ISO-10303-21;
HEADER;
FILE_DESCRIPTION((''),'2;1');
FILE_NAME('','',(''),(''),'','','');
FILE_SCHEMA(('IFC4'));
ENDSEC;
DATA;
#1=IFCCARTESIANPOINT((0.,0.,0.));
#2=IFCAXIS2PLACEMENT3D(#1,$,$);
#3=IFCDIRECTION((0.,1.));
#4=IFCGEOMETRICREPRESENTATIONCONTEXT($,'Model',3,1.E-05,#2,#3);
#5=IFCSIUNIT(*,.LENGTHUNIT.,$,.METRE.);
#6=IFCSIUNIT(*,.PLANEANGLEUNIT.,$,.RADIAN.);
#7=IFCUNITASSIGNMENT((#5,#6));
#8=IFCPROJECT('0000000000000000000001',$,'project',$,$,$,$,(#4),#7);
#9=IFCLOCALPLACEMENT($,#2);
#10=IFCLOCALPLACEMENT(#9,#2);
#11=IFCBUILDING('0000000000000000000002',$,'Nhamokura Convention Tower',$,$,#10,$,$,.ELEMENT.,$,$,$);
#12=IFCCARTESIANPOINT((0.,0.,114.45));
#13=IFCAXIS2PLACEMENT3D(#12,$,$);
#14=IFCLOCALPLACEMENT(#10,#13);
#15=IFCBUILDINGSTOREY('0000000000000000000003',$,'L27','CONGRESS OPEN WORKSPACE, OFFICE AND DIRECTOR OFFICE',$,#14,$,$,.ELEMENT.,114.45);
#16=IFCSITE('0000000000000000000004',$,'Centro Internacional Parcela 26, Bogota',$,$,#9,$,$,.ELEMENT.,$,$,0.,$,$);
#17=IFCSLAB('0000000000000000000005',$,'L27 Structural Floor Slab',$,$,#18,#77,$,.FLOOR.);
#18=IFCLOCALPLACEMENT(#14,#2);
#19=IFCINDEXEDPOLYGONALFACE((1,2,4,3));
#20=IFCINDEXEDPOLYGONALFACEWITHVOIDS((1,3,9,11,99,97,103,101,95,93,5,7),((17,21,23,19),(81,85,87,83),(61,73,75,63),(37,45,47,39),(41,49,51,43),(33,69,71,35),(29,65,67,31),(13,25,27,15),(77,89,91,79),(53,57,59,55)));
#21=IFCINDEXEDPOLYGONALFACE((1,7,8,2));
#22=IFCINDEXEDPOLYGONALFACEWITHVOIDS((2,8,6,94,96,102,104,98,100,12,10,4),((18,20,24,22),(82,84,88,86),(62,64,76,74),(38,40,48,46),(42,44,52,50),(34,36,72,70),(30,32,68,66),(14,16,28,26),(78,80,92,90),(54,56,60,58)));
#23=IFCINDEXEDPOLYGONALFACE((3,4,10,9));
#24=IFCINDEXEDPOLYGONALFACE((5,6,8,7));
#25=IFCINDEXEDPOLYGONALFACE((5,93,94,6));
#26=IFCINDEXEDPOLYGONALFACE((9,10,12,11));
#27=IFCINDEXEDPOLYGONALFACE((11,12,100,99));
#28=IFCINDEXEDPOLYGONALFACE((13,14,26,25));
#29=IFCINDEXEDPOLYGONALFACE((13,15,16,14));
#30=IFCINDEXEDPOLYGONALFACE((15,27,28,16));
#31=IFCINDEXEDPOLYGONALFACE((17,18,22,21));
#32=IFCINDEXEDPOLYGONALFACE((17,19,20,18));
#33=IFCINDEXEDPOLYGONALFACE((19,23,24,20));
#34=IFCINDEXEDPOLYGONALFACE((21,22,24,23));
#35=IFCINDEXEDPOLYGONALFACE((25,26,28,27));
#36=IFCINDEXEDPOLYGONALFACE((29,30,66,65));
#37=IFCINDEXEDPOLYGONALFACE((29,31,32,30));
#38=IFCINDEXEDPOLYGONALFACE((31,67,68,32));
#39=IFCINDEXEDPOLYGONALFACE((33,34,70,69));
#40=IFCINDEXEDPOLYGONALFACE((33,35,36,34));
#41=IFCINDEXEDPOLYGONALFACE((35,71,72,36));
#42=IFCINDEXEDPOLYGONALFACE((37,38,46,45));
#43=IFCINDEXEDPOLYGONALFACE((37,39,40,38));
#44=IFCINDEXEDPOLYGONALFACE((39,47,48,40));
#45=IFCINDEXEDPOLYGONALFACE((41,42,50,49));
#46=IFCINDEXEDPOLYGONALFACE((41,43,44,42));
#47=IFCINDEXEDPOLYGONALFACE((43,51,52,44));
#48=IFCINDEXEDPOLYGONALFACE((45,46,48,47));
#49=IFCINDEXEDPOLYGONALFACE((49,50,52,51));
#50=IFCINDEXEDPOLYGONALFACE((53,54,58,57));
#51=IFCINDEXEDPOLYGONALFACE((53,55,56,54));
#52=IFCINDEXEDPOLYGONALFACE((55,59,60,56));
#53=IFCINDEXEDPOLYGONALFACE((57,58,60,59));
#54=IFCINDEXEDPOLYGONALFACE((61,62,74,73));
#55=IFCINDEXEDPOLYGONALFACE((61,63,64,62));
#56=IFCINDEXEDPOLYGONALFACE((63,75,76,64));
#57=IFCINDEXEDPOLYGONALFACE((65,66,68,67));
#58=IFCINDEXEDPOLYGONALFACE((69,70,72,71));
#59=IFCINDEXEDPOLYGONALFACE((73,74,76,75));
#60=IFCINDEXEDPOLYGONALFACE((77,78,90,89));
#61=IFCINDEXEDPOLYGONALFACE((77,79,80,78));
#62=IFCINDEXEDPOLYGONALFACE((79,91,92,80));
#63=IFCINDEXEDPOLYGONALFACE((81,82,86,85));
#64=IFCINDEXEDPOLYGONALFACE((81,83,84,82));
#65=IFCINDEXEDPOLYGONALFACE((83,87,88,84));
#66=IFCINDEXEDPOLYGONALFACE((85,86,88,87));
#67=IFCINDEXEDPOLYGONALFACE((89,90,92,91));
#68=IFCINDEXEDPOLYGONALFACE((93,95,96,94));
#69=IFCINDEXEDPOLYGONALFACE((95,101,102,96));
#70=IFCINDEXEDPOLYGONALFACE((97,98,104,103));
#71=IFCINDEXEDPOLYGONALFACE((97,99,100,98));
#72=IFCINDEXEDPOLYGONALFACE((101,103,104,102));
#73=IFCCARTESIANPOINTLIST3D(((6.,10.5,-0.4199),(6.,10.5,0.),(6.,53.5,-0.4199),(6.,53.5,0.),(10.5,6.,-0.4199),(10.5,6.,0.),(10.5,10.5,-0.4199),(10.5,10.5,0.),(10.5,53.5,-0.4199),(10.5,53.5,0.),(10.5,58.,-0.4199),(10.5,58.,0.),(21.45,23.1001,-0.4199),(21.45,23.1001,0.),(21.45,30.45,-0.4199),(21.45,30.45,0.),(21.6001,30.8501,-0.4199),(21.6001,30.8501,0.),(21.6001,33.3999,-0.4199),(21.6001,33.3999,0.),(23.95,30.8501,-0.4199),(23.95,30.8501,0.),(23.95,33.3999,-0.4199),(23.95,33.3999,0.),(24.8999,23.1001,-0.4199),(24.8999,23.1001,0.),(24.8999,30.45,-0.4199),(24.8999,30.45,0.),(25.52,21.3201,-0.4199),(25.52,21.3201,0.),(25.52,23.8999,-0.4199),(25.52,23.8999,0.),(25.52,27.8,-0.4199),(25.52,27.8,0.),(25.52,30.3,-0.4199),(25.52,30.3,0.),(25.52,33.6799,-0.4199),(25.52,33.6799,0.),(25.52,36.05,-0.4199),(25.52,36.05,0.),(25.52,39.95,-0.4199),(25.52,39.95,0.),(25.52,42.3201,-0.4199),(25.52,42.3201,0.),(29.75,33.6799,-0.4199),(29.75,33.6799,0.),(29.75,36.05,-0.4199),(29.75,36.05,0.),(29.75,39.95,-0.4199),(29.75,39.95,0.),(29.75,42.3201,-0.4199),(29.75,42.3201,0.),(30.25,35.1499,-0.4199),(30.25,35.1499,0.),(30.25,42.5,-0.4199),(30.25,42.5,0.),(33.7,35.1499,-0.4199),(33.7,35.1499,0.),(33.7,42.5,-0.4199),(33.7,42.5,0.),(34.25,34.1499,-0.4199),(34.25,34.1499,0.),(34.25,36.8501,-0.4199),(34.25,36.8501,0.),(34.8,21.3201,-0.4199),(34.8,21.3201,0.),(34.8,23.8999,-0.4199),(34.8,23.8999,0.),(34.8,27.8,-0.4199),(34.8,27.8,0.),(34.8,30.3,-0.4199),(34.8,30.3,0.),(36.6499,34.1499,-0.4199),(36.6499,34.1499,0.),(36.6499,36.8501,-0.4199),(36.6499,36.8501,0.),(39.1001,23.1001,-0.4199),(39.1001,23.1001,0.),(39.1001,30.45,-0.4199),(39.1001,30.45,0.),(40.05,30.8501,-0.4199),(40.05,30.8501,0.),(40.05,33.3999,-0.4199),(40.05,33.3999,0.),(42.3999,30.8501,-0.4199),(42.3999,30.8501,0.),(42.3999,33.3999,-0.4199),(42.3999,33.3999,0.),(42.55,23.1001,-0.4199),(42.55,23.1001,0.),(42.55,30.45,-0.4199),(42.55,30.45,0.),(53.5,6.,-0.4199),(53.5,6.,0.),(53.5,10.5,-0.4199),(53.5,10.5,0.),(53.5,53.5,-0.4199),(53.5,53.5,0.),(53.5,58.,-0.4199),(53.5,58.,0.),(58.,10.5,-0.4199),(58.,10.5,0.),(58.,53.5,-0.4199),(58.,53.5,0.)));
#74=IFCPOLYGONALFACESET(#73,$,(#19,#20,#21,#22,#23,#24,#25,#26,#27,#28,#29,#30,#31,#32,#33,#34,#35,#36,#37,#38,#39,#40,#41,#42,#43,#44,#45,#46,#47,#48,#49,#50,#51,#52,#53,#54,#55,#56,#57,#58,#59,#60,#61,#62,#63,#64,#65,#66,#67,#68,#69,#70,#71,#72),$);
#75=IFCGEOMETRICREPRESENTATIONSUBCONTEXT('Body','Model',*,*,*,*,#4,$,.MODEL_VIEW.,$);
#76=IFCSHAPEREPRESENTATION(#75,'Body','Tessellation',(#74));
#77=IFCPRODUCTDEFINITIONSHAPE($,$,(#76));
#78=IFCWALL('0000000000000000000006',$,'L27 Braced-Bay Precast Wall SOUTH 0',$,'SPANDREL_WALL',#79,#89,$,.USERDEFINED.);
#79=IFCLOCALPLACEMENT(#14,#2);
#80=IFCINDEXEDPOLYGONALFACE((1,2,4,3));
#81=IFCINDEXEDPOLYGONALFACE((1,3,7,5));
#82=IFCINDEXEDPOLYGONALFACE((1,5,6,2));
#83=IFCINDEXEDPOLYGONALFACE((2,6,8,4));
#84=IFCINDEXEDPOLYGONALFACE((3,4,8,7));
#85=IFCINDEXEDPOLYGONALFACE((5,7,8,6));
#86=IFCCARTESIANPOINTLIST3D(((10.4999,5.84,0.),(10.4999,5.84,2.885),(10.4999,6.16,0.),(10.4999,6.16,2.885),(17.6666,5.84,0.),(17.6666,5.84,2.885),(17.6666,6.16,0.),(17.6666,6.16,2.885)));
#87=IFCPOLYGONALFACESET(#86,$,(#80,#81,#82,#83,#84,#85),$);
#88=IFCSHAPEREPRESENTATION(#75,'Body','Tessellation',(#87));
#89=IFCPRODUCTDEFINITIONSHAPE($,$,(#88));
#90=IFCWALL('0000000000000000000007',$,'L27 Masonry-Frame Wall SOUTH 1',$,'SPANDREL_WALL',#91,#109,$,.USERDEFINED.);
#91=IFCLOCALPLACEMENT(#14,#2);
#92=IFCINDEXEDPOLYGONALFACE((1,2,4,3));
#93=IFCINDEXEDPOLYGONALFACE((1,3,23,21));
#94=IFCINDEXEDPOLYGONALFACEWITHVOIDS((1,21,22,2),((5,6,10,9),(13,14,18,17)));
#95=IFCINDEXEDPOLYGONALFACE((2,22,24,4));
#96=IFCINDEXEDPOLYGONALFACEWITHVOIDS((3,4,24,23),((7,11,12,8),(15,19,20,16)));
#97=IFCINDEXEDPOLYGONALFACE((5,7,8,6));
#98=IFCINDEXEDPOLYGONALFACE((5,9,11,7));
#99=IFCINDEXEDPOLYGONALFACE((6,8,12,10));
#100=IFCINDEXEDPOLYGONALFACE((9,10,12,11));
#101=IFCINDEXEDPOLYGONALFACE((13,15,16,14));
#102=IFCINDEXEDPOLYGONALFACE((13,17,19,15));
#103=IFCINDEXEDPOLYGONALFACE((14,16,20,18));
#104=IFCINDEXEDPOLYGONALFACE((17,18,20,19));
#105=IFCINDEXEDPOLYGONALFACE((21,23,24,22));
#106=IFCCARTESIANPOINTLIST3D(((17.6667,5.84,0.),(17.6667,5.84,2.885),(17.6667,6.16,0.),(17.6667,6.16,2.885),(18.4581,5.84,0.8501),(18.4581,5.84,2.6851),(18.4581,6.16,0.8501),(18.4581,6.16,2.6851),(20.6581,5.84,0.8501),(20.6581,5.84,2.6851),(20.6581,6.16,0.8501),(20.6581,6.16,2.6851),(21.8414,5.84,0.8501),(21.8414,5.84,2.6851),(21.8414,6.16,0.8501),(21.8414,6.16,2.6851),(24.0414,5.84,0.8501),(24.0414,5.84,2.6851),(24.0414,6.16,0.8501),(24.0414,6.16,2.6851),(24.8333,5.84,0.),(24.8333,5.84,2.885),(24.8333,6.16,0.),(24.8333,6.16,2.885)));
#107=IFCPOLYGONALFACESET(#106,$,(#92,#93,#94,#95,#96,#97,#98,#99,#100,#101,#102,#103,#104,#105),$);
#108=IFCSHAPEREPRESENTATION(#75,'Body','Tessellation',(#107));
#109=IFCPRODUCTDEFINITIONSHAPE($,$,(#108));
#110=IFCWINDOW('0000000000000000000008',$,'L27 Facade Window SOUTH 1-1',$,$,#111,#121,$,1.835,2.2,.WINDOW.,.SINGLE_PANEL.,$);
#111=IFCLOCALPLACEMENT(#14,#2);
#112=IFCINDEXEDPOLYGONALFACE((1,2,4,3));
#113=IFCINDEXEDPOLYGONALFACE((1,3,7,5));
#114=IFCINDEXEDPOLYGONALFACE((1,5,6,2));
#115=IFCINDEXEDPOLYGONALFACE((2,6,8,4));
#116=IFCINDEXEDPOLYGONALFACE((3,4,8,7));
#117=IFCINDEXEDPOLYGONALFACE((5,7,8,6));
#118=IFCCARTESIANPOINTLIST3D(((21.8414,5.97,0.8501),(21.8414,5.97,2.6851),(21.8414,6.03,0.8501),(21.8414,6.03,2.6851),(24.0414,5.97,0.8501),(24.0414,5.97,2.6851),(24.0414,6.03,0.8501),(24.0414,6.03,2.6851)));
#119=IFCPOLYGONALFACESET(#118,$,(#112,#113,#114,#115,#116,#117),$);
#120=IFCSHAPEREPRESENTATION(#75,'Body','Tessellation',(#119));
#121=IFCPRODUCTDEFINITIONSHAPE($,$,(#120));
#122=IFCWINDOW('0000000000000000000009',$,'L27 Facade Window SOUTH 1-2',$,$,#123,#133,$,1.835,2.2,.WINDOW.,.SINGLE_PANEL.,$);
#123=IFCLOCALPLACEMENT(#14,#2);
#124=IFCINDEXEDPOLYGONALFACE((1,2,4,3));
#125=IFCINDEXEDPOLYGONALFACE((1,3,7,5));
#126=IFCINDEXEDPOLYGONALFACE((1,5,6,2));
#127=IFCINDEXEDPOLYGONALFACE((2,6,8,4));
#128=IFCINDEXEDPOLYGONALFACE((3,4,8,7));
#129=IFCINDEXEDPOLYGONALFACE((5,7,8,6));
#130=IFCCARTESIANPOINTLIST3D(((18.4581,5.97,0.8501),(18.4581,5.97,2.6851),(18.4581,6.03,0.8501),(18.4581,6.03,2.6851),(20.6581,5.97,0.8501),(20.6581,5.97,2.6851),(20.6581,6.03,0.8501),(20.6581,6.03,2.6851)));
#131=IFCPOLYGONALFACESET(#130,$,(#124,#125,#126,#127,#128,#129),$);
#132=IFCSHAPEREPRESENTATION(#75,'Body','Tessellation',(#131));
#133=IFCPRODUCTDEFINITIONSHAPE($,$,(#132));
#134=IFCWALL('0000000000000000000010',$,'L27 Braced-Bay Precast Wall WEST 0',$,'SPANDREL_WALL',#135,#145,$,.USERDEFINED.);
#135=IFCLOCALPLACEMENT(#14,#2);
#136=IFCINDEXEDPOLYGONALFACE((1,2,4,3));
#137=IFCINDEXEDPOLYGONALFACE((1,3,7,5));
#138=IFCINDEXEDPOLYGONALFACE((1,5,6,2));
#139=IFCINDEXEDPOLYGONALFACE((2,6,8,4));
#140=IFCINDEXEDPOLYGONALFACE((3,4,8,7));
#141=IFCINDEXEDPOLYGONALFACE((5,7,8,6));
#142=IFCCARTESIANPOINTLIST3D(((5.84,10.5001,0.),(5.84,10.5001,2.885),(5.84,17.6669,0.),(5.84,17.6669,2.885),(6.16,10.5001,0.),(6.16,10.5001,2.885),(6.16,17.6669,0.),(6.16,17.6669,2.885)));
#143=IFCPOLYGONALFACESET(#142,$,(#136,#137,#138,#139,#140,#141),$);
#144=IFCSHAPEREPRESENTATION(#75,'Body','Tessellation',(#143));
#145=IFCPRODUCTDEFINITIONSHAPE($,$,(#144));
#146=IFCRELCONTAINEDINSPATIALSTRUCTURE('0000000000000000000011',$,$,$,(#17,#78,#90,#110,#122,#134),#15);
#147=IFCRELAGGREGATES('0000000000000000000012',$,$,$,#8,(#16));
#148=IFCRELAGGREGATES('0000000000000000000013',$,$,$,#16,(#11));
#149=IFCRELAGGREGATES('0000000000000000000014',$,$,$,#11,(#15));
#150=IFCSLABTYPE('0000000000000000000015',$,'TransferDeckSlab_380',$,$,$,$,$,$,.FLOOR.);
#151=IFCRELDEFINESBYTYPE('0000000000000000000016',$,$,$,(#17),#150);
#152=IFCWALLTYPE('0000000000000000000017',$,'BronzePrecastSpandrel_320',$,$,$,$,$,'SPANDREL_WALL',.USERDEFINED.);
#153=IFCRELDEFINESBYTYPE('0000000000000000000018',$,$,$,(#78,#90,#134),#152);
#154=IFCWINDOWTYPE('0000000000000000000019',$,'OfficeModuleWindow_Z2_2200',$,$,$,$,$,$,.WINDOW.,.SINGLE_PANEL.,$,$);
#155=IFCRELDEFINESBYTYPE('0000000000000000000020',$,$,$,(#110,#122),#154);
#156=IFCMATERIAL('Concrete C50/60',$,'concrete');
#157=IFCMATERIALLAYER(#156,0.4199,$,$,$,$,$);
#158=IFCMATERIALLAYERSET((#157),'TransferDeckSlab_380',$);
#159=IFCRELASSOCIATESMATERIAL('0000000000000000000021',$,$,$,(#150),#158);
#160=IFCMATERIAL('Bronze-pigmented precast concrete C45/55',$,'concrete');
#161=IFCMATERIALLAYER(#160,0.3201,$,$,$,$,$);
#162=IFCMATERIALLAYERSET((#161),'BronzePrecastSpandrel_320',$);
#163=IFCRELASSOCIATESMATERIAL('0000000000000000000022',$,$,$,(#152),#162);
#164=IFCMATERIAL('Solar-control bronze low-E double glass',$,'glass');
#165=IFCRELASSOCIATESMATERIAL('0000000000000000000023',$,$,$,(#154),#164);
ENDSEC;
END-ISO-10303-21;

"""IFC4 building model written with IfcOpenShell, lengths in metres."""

from ifc_helpers import new_model, si_unit, direction, frame, frame_2d, origin, place, context, subcontext, project, spatial, polyline, rectangle, outline, extrude, material, layer, layer_set, type_object, element, fill, save


model = new_model("IFC4")

# Units and contexts
model_context = context("Model", 3, precision=1e-05, world=origin(), true_north=direction((0.0, 1.0)))
body_context = subcontext(model_context, "Body", "Model", "MODEL_VIEW")
ifc_project = project(units=[si_unit("LENGTHUNIT", "METRE"), si_unit("PLANEANGLEUNIT", "RADIAN")], contexts=[model_context])

# Site, building, storey
site_placement = place(None, origin())
site = spatial("IfcSite", under=ifc_project, at=site_placement, Name="Centro Internacional Parcela 26, Bogota", CompositionType="ELEMENT", RefElevation=0.0)
building_placement = place(site_placement, origin())
building = spatial("IfcBuilding", under=site, at=building_placement, Name="Nhamokura Convention Tower", CompositionType="ELEMENT")
storey_placement = place(building_placement, frame((0.0, 0.0, 114.45)))
storey = spatial("IfcBuildingStorey", under=building, at=storey_placement, Name="L27", Description="CONGRESS OPEN WORKSPACE, OFFICE AND DIRECTOR OFFICE", CompositionType="ELEMENT", Elevation=114.45)

# Slab
ifc_material_1 = material(Name="Concrete C50/60", Category="concrete")
ifc_layer_1 = layer(ifc_material_1, 0.4199)
ifc_layer_set_1 = layer_set([ifc_layer_1], Name="TransferDeckSlab_380")
slab_type_1 = type_object("IfcSlabType", Name="TransferDeckSlab_380", PredefinedType="FLOOR", material=ifc_layer_set_1)
slab_1_placement = place(storey_placement, frame((0.0, 0.0, -0.4199)))
element("IfcSlab", 1, at=slab_1_placement, inside=storey, type_object=slab_type_1, Name="L27 Structural Floor Slab", PredefinedType="FLOOR", context=body_context, shape_type="SweptSolid", body=[
    extrude(outline(polyline([(10.5, 6.0), (53.5, 6.0), (53.5, 10.5), (58.0, 10.5), (58.0, 53.5), (53.5, 53.5), (53.5, 58.0), (10.5, 58.0), (10.5, 53.5), (6.0, 53.5), (6.0, 10.5), (10.5, 10.5), (10.5, 6.0)]), holes=[polyline([(24.8999, 23.1001), (24.8999, 30.45), (21.45, 30.45), (21.45, 23.1001), (24.8999, 23.1001)]), polyline([(42.55, 23.1001), (42.55, 30.45), (39.1001, 30.45), (39.1001, 23.1001), (42.55, 23.1001)]), polyline([(33.7, 35.1499), (33.7, 42.5), (30.25, 42.5), (30.25, 35.1499), (33.7, 35.1499)]), polyline([(21.6001, 30.8501), (23.95, 30.8501), (23.95, 33.3999), (21.6001, 33.3999), (21.6001, 30.8501)]), polyline([(40.05, 30.8501), (42.3999, 30.8501), (42.3999, 33.3999), (40.05, 33.3999), (40.05, 30.8501)]), polyline([(34.25, 34.1499), (36.6499, 34.1499), (36.6499, 36.8501), (34.25, 36.8501), (34.25, 34.1499)]), polyline([(25.52, 21.3201), (34.8, 21.3201), (34.8, 23.8999), (25.52, 23.8999), (25.52, 21.3201)]), polyline([(25.52, 27.8), (34.8, 27.8), (34.8, 30.3), (25.52, 30.3), (25.52, 27.8)]), polyline([(25.52, 33.6799), (29.75, 33.6799), (29.75, 36.05), (25.52, 36.05), (25.52, 33.6799)]), polyline([(25.52, 39.95), (29.75, 39.95), (29.75, 42.3201), (25.52, 42.3201), (25.52, 39.95)])]), origin(), (0.0, 0.0, 1.0), 0.4199),
])

# Wall
ifc_material_2 = material(Name="Bronze-pigmented precast concrete C45/55", Category="concrete")
ifc_layer_2 = layer(ifc_material_2, 0.3201)
ifc_layer_set_2 = layer_set([ifc_layer_2], Name="BronzePrecastSpandrel_320")
wall_type_1 = type_object("IfcWallType", Name="BronzePrecastSpandrel_320", ElementType="SPANDREL_WALL", PredefinedType="USERDEFINED", material=ifc_layer_set_2)
wall_1_placement = place(storey_placement, frame((17.6667, 6.0, 0.0), z_axis=(0.0, 0.0, 1.0), x_axis=(-1.0, 0.0, 0.0)))
element("IfcWall", 2, at=wall_1_placement, inside=storey, type_object=wall_type_1, Name="L27 Braced-Bay Precast Wall SOUTH 0", ObjectType="SPANDREL_WALL", PredefinedType="USERDEFINED", context=body_context, shape_type="SweptSolid", body=[
    extrude(rectangle(XDim=7.1667, YDim=0.3201, at=frame_2d((3.5835, 0.0))), origin(), (0.0, 0.0, 1.0), 2.885),
])

# Wall, openings, windows
wall_2_placement = place(storey_placement, frame((24.8333, 6.0, 0.0), z_axis=(0.0, 0.0, 1.0), x_axis=(-1.0, 0.0, 0.0)))
wall_2 = element("IfcWall", 3, at=wall_2_placement, inside=storey, type_object=wall_type_1, Name="L27 Masonry-Frame Wall SOUTH 1", ObjectType="SPANDREL_WALL", PredefinedType="USERDEFINED", context=body_context, shape_type="SweptSolid", body=[
    extrude(rectangle(XDim=7.1665, YDim=0.3201, at=frame_2d((3.5833, 0.0))), origin(), (0.0, 0.0, 1.0), 2.885),
])
opening_1_placement = place(wall_2_placement, frame((0.7917, 0.0, 0.8501)))
opening_1 = element("IfcOpeningElement", 4, at=opening_1_placement, cuts=wall_2, PredefinedType="OPENING", context=body_context, shape_type="SweptSolid", body=[
    extrude(rectangle(XDim=2.2, YDim=1.835, at=frame_2d((1.1001, 0.9175))), frame((0.0, 0.1699, 0.0), z_axis=(0.0, -1.0, 0.0), x_axis=(1.0, 0.0, 0.0)), (0.0, 0.0, 1.0), 0.3401),
])
opening_2_placement = place(wall_2_placement, frame((4.175, 0.0, 0.8501)))
opening_2 = element("IfcOpeningElement", 5, at=opening_2_placement, cuts=wall_2, PredefinedType="OPENING", context=body_context, shape_type="SweptSolid", body=[
    extrude(rectangle(XDim=2.2, YDim=1.835, at=frame_2d((1.1001, 0.9175))), frame((0.0, 0.1699, 0.0), z_axis=(0.0, -1.0, 0.0), x_axis=(1.0, 0.0, 0.0)), (0.0, 0.0, 1.0), 0.3401),
])
ifc_material_3 = material(Name="Solar-control bronze low-E double glass", Category="glass")
window_type_1 = type_object("IfcWindowType", Name="OfficeModuleWindow_Z2_2200", PartitioningType="SINGLE_PANEL", PredefinedType="WINDOW", material=ifc_material_3)
window_1_placement = place(opening_1_placement, origin())
window_1 = element("IfcWindow", 6, at=window_1_placement, inside=storey, type_object=window_type_1, Name="L27 Facade Window SOUTH 1-1", OverallHeight=1.835, OverallWidth=2.2, PartitioningType="SINGLE_PANEL", PredefinedType="WINDOW", context=body_context, shape_type="SweptSolid", body=[
    extrude(rectangle(XDim=2.2, YDim=1.835, at=frame_2d((1.1001, 0.9175))), frame((0.0, 0.03, 0.0), z_axis=(0.0, -1.0, 0.0), x_axis=(1.0, 0.0, 0.0)), (0.0, 0.0, 1.0), 0.0601),
])
fill(opening_1, window_1)
window_2_placement = place(opening_2_placement, origin())
window_2 = element("IfcWindow", 7, at=window_2_placement, inside=storey, type_object=window_type_1, Name="L27 Facade Window SOUTH 1-2", OverallHeight=1.835, OverallWidth=2.2, PartitioningType="SINGLE_PANEL", PredefinedType="WINDOW", context=body_context, shape_type="SweptSolid", body=[
    extrude(rectangle(XDim=2.2, YDim=1.835, at=frame_2d((1.1001, 0.9175))), frame((0.0, 0.03, 0.0), z_axis=(0.0, -1.0, 0.0), x_axis=(1.0, 0.0, 0.0)), (0.0, 0.0, 1.0), 0.0601),
])
fill(opening_2, window_2)

# Wall
wall_3_placement = place(storey_placement, frame((6.0, 10.5, 0.0), z_axis=(0.0, 0.0, 1.0), x_axis=(0.0, 1.0, 0.0)))
element("IfcWall", 8, at=wall_3_placement, inside=storey, type_object=wall_type_1, Name="L27 Braced-Bay Precast Wall WEST 0", ObjectType="SPANDREL_WALL", PredefinedType="USERDEFINED", context=body_context, shape_type="SweptSolid", body=[
    extrude(rectangle(XDim=7.1667, YDim=0.3201, at=frame_2d((3.5835, 0.0))), origin(), (0.0, 0.0, 1.0), 2.885),
])

save(model, "model.ifc")
